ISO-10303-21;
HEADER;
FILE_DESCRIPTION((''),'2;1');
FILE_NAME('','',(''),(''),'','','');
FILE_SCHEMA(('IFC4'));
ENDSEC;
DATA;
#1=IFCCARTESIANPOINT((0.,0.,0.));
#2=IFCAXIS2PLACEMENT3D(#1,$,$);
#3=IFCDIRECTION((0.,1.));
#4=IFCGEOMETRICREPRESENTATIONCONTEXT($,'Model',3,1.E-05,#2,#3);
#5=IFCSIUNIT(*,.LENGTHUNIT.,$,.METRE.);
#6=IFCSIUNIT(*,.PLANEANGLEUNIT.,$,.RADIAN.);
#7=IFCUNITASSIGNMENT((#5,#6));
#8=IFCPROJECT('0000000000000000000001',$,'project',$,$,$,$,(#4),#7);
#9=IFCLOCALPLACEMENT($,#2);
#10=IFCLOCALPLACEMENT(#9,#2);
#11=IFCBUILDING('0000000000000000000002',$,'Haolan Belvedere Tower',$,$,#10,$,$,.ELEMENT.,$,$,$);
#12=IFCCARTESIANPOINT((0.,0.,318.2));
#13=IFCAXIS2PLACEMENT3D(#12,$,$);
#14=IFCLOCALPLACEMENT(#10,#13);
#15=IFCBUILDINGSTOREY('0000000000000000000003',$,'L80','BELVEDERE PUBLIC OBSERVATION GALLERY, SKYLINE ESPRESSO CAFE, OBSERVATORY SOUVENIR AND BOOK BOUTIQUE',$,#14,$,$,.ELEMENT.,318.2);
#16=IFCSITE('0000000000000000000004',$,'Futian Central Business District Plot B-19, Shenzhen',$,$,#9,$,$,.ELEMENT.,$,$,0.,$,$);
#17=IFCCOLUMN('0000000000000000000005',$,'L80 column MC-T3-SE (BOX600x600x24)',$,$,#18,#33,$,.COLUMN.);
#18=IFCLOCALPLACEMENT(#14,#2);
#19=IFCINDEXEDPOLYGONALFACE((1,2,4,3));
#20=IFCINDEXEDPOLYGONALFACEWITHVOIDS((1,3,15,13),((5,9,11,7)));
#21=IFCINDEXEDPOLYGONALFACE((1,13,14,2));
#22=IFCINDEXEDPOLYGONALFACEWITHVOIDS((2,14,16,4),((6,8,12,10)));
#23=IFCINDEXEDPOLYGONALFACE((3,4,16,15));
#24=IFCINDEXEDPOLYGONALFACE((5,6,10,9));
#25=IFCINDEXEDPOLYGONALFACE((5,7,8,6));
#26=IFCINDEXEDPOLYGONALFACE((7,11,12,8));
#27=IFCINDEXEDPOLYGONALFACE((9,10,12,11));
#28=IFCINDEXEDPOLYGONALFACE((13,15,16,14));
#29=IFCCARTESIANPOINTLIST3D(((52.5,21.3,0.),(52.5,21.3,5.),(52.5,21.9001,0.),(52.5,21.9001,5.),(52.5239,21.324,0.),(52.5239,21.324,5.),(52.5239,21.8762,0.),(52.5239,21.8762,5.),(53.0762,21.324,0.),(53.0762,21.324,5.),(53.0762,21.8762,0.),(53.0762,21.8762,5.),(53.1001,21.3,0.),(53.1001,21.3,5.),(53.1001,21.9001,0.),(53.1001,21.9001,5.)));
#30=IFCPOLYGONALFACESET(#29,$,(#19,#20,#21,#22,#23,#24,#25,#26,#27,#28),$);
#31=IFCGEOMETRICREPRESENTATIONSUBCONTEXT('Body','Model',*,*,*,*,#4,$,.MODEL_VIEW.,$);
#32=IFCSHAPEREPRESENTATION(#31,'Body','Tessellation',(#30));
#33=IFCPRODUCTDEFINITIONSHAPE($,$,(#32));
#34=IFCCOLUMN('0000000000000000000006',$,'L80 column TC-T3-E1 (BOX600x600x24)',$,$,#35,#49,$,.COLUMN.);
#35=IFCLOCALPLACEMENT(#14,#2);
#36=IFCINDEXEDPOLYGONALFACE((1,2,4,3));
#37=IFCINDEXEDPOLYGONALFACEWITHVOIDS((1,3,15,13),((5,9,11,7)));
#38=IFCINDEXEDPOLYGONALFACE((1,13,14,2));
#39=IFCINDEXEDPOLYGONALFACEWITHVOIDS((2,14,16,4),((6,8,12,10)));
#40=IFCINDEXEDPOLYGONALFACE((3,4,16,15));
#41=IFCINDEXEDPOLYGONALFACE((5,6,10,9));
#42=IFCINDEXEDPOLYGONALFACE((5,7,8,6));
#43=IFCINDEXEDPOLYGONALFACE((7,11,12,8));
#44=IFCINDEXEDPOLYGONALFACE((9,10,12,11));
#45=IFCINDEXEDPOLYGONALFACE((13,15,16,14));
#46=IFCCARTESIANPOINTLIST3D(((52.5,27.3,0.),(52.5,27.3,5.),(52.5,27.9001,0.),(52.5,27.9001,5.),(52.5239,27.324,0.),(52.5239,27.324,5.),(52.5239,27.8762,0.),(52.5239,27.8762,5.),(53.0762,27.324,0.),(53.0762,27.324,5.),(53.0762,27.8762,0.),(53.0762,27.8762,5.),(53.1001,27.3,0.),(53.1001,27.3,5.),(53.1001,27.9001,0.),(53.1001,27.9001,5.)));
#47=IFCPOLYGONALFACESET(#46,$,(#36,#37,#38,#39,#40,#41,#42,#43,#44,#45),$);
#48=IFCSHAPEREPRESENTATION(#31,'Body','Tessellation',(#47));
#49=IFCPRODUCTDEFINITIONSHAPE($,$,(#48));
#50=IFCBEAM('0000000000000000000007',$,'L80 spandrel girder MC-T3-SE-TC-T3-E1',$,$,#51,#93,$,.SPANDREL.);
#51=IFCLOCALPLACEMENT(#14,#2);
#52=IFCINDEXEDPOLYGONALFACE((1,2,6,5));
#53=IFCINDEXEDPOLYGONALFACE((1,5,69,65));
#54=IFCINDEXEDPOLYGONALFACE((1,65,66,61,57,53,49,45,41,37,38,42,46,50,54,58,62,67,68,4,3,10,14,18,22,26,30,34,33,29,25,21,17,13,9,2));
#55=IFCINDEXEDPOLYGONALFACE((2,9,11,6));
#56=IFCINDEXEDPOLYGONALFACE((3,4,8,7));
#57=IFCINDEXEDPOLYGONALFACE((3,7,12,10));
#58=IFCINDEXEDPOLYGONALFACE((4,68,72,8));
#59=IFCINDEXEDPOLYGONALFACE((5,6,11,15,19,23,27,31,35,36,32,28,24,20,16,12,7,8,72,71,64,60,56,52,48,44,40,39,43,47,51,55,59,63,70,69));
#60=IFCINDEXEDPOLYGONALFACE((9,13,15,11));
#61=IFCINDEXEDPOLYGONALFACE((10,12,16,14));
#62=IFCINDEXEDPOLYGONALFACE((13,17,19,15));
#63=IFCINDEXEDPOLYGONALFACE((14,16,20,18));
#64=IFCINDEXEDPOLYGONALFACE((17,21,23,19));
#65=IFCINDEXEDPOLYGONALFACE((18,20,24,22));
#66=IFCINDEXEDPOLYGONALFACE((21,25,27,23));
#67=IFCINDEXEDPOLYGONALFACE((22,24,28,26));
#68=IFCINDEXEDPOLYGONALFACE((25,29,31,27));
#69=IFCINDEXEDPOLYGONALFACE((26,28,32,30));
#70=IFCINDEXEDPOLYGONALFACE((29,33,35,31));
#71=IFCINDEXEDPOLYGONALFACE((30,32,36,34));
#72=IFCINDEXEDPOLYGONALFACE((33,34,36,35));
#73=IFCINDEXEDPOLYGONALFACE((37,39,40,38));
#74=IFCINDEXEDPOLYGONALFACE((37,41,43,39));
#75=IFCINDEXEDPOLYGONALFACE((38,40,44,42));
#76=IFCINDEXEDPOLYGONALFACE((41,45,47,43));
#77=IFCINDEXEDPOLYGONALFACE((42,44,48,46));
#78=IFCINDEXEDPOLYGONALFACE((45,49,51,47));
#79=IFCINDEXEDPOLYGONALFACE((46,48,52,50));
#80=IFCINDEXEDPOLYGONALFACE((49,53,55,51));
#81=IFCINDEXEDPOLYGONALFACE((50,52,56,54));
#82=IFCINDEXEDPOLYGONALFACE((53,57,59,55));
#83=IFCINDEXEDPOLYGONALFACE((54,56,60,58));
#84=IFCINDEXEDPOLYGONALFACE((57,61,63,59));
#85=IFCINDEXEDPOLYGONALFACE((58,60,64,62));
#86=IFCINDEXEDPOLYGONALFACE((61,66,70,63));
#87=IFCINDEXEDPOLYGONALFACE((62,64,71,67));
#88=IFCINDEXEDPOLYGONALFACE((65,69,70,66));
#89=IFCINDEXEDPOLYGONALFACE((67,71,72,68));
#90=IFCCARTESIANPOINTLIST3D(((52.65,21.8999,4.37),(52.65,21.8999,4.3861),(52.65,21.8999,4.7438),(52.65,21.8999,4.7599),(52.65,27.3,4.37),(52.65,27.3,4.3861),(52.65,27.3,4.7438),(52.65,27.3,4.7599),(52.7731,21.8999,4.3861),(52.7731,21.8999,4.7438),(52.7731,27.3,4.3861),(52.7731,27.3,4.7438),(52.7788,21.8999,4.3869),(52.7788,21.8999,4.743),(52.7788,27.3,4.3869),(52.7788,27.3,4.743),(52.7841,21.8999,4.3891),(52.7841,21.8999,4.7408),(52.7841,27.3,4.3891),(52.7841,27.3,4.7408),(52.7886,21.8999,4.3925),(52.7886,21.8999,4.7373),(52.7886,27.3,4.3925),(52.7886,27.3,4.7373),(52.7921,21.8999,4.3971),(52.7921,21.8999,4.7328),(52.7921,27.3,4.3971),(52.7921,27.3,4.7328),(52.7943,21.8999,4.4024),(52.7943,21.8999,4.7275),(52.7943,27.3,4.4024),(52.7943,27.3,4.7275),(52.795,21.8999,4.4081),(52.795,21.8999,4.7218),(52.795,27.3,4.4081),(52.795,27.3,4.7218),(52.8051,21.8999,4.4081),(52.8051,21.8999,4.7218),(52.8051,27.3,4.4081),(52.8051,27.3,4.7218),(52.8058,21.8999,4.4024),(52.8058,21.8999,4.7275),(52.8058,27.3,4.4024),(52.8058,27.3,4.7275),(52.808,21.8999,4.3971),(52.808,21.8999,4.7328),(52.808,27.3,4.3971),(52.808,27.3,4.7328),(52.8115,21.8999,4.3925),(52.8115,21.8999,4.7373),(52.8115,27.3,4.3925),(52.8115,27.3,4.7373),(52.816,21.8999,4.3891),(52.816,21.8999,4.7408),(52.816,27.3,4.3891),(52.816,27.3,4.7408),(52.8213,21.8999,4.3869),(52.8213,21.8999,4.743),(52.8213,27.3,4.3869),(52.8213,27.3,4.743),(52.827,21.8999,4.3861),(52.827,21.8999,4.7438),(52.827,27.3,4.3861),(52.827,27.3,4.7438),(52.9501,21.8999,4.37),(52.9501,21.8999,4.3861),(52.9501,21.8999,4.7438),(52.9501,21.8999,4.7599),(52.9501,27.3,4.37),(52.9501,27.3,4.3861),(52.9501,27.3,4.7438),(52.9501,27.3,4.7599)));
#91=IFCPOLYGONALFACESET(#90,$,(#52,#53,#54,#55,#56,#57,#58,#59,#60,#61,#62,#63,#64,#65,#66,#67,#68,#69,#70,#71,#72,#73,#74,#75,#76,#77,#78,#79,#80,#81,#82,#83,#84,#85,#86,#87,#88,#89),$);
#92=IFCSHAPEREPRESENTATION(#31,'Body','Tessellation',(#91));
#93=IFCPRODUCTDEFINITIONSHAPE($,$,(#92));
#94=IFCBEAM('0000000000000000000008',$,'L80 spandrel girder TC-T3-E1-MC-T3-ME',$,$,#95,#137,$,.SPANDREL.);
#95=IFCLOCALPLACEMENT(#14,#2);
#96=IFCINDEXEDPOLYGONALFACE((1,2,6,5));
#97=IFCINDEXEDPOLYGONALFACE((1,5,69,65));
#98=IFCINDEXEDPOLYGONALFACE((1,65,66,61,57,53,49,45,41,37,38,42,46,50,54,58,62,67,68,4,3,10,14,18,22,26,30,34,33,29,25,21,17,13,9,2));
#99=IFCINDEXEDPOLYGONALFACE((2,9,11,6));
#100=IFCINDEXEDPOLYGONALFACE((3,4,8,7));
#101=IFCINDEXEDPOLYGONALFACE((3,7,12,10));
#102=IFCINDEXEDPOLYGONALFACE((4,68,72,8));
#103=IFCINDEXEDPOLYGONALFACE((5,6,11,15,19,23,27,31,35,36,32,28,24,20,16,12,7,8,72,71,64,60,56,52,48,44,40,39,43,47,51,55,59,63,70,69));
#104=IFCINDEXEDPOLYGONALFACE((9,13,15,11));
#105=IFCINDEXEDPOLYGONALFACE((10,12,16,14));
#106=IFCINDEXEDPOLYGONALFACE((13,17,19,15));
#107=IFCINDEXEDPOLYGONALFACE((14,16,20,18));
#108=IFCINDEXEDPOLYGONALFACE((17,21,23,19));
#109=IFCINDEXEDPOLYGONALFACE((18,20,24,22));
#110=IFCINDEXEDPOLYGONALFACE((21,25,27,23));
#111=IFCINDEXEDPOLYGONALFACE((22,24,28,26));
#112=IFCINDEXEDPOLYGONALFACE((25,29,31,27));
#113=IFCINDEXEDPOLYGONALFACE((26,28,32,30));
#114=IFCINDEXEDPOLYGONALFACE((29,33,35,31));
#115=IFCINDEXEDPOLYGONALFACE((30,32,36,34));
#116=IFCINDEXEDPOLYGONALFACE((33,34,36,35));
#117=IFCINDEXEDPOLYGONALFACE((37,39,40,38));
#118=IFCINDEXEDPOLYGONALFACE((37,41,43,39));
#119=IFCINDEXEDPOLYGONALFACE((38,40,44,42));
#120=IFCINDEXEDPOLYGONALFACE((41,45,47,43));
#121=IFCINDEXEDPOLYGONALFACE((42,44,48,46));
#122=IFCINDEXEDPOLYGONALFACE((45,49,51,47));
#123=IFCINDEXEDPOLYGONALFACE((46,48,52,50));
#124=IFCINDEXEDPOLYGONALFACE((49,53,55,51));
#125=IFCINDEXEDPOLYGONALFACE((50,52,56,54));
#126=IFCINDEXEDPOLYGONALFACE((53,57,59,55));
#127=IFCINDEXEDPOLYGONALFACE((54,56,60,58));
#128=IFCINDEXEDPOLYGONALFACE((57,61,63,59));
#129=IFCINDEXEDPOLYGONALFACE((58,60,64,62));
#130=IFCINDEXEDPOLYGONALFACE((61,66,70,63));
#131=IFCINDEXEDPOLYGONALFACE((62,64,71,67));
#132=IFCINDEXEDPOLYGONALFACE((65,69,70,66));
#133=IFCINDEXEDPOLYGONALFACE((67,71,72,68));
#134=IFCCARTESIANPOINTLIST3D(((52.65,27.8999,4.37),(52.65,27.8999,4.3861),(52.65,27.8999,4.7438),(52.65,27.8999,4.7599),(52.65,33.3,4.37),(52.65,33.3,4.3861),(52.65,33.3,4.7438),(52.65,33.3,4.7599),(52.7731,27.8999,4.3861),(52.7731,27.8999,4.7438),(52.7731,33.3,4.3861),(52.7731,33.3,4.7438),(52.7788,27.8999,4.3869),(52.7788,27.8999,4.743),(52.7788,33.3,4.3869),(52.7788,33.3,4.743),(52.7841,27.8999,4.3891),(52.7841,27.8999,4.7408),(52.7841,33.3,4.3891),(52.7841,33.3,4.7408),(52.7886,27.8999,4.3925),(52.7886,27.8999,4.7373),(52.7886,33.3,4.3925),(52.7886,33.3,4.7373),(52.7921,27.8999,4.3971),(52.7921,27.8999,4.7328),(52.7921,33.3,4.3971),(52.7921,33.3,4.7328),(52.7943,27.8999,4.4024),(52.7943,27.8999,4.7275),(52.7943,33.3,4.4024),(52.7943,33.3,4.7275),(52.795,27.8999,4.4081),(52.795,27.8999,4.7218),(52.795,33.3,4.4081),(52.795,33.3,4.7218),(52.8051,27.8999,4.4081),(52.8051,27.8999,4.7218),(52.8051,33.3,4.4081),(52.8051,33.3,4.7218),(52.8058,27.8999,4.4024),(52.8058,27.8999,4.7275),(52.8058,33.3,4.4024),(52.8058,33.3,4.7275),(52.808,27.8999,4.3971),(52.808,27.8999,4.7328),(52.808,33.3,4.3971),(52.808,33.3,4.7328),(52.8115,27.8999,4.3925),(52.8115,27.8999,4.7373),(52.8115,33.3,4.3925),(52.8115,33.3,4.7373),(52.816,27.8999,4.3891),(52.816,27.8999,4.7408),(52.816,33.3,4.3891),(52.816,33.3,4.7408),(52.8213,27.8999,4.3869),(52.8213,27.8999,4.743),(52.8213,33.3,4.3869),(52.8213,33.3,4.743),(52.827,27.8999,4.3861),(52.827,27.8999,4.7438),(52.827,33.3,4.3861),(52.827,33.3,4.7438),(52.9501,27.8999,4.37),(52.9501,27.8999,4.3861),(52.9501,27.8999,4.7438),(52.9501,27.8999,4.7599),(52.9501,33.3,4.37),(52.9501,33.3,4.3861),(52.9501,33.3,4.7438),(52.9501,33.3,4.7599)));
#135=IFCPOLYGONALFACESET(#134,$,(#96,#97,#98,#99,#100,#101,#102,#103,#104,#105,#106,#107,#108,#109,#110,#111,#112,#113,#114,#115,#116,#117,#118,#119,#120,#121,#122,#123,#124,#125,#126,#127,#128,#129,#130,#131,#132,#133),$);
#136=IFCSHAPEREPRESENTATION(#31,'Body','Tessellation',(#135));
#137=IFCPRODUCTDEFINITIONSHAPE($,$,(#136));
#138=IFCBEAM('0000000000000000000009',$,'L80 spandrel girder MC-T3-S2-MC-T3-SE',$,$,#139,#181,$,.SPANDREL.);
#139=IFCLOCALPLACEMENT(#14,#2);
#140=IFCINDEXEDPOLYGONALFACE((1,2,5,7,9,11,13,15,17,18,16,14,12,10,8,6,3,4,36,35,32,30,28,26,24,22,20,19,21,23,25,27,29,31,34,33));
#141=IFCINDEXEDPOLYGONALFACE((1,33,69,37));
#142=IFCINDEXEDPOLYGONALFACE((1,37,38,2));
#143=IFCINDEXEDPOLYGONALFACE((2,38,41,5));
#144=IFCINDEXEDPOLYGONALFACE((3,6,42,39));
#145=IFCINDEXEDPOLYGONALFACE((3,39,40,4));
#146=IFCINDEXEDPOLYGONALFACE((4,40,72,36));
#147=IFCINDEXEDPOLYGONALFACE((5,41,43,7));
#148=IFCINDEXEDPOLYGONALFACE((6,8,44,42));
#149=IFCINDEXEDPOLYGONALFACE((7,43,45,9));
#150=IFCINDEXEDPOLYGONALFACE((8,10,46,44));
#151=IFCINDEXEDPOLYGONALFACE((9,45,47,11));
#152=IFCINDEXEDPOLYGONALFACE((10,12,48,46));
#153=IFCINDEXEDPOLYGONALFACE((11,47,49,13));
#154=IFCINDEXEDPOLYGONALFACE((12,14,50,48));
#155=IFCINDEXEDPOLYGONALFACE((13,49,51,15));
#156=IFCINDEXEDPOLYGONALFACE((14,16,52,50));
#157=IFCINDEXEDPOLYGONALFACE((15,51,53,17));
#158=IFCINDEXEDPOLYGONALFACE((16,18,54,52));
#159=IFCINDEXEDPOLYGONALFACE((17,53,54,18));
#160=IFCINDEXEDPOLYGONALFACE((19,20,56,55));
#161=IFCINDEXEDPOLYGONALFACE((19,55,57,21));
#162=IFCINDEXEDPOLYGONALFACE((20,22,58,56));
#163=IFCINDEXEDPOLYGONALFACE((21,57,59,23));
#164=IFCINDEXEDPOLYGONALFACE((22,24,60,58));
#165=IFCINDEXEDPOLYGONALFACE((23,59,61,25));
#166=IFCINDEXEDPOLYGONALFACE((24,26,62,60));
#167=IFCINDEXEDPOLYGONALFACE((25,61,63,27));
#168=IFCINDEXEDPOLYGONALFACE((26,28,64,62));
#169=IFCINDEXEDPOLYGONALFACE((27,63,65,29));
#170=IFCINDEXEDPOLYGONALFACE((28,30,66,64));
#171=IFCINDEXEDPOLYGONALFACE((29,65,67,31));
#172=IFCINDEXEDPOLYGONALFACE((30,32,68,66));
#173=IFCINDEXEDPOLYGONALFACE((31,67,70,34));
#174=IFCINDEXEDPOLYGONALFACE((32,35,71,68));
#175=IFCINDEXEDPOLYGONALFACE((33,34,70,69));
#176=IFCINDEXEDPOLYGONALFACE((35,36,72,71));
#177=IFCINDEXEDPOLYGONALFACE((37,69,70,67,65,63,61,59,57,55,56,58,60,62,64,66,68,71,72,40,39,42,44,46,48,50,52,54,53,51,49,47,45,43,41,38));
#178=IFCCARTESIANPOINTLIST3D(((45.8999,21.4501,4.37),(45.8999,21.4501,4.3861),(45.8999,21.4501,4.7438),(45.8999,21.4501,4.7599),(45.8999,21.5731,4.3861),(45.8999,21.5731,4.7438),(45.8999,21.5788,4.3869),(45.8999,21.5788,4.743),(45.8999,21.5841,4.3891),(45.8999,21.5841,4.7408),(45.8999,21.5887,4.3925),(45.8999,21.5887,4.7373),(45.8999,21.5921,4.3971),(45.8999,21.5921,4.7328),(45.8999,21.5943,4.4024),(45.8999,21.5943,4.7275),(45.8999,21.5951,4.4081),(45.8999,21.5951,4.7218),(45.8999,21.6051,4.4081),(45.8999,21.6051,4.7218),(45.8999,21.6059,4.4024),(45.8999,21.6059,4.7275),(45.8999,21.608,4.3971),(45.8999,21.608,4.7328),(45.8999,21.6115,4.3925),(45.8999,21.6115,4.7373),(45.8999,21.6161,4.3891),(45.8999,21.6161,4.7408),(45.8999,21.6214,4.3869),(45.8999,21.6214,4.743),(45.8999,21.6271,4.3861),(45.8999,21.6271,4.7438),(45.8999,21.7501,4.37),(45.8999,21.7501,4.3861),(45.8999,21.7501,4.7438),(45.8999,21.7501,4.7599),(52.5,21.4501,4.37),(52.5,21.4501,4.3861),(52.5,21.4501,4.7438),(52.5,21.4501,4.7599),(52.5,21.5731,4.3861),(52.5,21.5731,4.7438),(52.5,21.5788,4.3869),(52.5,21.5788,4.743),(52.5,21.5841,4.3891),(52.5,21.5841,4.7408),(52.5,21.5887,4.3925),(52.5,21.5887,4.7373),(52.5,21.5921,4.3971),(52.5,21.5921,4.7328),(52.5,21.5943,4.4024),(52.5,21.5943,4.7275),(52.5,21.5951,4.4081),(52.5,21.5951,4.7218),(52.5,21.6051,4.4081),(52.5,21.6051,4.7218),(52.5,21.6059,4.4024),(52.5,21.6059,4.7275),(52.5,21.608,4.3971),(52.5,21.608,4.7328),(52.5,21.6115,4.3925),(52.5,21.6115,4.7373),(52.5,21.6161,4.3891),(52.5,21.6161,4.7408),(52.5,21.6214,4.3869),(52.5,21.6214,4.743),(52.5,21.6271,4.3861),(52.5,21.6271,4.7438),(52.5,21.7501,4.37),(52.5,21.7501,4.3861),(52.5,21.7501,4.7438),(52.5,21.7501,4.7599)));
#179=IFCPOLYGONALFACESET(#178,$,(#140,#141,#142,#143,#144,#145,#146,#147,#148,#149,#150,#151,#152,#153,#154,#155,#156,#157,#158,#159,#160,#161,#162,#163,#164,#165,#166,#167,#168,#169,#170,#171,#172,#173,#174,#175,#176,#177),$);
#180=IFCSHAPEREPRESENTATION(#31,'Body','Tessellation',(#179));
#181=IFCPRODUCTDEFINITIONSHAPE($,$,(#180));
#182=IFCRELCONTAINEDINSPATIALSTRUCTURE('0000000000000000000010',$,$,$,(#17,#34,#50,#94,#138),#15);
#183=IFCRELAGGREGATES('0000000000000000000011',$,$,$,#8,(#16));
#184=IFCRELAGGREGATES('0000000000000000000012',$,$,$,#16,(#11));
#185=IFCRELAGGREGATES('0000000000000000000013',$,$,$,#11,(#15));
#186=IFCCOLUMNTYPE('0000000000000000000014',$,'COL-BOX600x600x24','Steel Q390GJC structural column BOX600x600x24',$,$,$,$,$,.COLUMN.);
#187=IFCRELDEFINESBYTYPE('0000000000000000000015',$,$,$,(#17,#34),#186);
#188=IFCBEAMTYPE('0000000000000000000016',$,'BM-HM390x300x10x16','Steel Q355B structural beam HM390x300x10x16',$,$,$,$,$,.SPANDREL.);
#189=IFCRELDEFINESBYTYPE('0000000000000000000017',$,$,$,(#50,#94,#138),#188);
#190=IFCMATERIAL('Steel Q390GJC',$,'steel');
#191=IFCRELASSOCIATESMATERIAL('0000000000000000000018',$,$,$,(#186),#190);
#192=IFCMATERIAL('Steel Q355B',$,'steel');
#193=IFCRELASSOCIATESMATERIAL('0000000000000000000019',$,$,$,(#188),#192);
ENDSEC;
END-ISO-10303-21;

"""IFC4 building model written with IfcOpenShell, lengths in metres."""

from ifc_helpers import new_model, si_unit, direction, frame, origin, origin_2d, place, context, subcontext, project, spatial, hollow_rectangle, i_section, extrude, material, material_profile, profile_set, type_object, element, save


model = new_model("IFC4")

# Units and contexts
model_context = context("Model", 3, precision=1e-05, world=origin(), true_north=direction((0.0, 1.0)))
body_context = subcontext(model_context, "Body", "Model", "MODEL_VIEW")
ifc_project = project(units=[si_unit("LENGTHUNIT", "METRE"), si_unit("PLANEANGLEUNIT", "RADIAN")], contexts=[model_context])

# Site, building, storey
site_placement = place(None, origin())
site = spatial("IfcSite", under=ifc_project, at=site_placement, Name="Futian Central Business District Plot B-19, Shenzhen", CompositionType="ELEMENT", RefElevation=0.0)
building_placement = place(site_placement, origin())
building = spatial("IfcBuilding", under=site, at=building_placement, Name="Haolan Belvedere Tower", CompositionType="ELEMENT")
storey_placement = place(building_placement, frame((0.0, 0.0, 318.2)))
storey = spatial("IfcBuildingStorey", under=building, at=storey_placement, Name="L80", Description="BELVEDERE PUBLIC OBSERVATION GALLERY, SKYLINE ESPRESSO CAFE, OBSERVATORY SOUVENIR AND BOOK BOUTIQUE", CompositionType="ELEMENT", Elevation=318.2)

# Columns
ifc_material_1 = material(Name="Steel Q390GJC", Category="steel")
ifc_material_profile_1 = material_profile(ifc_material_1, hollow_rectangle(XDim=0.6001, YDim=0.6001, WallThickness=0.0239, at=origin_2d()), Name="Steel Q390GJC")
ifc_profile_set_1 = profile_set([ifc_material_profile_1], Name="Steel Q390GJC")
column_type = type_object("IfcColumnType", Name="COL-BOX600x600x24", Description="Steel Q390GJC structural column BOX600x600x24", PredefinedType="COLUMN", material=ifc_profile_set_1)
for number, where, z_axis, x_axis, name in (
    (1, (52.8, 21.6001, 0.0), (0.0, 0.0, 1.0), (1.0, 0.0, 0.0), "L80 column MC-T3-SE (BOX600x600x24)"),
    (2, (52.8, 27.6001, 0.0), (0.0, 0.0, 1.0), (1.0, 0.0, 0.0), "L80 column TC-T3-E1 (BOX600x600x24)"),
):
    element("IfcColumn", number, at=place(storey_placement, frame(where, z_axis=z_axis, x_axis=x_axis)), inside=storey, type_object=column_type, Name=name, PredefinedType="COLUMN", context=body_context, shape_type="SweptSolid", body=[
        extrude(hollow_rectangle(XDim=0.6001, YDim=0.6001, WallThickness=0.0239, at=origin_2d()), origin(), (0.0, 0.0, 1.0), 5.0),
    ])

# Beams
ifc_material_2 = material(Name="Steel Q355B", Category="steel")
ifc_material_profile_2 = material_profile(ifc_material_2, i_section(OverallWidth=0.3, OverallDepth=0.3899, WebThickness=0.01, FlangeThickness=0.0161, FilletRadius=0.022, at=origin_2d()), Name="Steel Q355B")
ifc_profile_set_2 = profile_set([ifc_material_profile_2], Name="Steel Q355B")
beam_type_1 = type_object("IfcBeamType", Name="BM-HM390x300x10x16", Description="Steel Q355B structural beam HM390x300x10x16", PredefinedType="SPANDREL", material=ifc_profile_set_2)
for number, where, z_axis, x_axis, name in (
    (3, (52.8, 21.8999, 4.5649), (0.0, 1.0, 0.0), (-1.0, 0.0, 0.0), "L80 spandrel girder MC-T3-SE-TC-T3-E1"),
    (4, (52.8, 27.8999, 4.5649), (0.0, 1.0, 0.0), (-1.0, 0.0, 0.0), "L80 spandrel girder TC-T3-E1-MC-T3-ME"),
):
    element("IfcBeam", number, at=place(storey_placement, frame(where, z_axis=z_axis, x_axis=x_axis)), inside=storey, type_object=beam_type_1, Name=name, PredefinedType="SPANDREL", context=body_context, shape_type="SweptSolid", body=[
        extrude(i_section(OverallWidth=0.3, OverallDepth=0.3899, WebThickness=0.01, FlangeThickness=0.0161, FilletRadius=0.022, at=origin_2d()), origin(), (0.0, 0.0, 1.0), 5.4001),
    ])
beam_1_placement = place(storey_placement, frame((45.8999, 21.6001, 4.5649), z_axis=(1.0, 0.0, 0.0), x_axis=(0.0, 1.0, 0.0)))
element("IfcBeam", 5, at=beam_1_placement, inside=storey, type_object=beam_type_1, Name="L80 spandrel girder MC-T3-S2-MC-T3-SE", PredefinedType="SPANDREL", context=body_context, shape_type="SweptSolid", body=[
    extrude(i_section(OverallWidth=0.3, OverallDepth=0.3899, WebThickness=0.01, FlangeThickness=0.0161, FilletRadius=0.022, at=origin_2d()), origin(), (0.0, 0.0, 1.0), 6.6001),
])

save(model, "model.ifc")
